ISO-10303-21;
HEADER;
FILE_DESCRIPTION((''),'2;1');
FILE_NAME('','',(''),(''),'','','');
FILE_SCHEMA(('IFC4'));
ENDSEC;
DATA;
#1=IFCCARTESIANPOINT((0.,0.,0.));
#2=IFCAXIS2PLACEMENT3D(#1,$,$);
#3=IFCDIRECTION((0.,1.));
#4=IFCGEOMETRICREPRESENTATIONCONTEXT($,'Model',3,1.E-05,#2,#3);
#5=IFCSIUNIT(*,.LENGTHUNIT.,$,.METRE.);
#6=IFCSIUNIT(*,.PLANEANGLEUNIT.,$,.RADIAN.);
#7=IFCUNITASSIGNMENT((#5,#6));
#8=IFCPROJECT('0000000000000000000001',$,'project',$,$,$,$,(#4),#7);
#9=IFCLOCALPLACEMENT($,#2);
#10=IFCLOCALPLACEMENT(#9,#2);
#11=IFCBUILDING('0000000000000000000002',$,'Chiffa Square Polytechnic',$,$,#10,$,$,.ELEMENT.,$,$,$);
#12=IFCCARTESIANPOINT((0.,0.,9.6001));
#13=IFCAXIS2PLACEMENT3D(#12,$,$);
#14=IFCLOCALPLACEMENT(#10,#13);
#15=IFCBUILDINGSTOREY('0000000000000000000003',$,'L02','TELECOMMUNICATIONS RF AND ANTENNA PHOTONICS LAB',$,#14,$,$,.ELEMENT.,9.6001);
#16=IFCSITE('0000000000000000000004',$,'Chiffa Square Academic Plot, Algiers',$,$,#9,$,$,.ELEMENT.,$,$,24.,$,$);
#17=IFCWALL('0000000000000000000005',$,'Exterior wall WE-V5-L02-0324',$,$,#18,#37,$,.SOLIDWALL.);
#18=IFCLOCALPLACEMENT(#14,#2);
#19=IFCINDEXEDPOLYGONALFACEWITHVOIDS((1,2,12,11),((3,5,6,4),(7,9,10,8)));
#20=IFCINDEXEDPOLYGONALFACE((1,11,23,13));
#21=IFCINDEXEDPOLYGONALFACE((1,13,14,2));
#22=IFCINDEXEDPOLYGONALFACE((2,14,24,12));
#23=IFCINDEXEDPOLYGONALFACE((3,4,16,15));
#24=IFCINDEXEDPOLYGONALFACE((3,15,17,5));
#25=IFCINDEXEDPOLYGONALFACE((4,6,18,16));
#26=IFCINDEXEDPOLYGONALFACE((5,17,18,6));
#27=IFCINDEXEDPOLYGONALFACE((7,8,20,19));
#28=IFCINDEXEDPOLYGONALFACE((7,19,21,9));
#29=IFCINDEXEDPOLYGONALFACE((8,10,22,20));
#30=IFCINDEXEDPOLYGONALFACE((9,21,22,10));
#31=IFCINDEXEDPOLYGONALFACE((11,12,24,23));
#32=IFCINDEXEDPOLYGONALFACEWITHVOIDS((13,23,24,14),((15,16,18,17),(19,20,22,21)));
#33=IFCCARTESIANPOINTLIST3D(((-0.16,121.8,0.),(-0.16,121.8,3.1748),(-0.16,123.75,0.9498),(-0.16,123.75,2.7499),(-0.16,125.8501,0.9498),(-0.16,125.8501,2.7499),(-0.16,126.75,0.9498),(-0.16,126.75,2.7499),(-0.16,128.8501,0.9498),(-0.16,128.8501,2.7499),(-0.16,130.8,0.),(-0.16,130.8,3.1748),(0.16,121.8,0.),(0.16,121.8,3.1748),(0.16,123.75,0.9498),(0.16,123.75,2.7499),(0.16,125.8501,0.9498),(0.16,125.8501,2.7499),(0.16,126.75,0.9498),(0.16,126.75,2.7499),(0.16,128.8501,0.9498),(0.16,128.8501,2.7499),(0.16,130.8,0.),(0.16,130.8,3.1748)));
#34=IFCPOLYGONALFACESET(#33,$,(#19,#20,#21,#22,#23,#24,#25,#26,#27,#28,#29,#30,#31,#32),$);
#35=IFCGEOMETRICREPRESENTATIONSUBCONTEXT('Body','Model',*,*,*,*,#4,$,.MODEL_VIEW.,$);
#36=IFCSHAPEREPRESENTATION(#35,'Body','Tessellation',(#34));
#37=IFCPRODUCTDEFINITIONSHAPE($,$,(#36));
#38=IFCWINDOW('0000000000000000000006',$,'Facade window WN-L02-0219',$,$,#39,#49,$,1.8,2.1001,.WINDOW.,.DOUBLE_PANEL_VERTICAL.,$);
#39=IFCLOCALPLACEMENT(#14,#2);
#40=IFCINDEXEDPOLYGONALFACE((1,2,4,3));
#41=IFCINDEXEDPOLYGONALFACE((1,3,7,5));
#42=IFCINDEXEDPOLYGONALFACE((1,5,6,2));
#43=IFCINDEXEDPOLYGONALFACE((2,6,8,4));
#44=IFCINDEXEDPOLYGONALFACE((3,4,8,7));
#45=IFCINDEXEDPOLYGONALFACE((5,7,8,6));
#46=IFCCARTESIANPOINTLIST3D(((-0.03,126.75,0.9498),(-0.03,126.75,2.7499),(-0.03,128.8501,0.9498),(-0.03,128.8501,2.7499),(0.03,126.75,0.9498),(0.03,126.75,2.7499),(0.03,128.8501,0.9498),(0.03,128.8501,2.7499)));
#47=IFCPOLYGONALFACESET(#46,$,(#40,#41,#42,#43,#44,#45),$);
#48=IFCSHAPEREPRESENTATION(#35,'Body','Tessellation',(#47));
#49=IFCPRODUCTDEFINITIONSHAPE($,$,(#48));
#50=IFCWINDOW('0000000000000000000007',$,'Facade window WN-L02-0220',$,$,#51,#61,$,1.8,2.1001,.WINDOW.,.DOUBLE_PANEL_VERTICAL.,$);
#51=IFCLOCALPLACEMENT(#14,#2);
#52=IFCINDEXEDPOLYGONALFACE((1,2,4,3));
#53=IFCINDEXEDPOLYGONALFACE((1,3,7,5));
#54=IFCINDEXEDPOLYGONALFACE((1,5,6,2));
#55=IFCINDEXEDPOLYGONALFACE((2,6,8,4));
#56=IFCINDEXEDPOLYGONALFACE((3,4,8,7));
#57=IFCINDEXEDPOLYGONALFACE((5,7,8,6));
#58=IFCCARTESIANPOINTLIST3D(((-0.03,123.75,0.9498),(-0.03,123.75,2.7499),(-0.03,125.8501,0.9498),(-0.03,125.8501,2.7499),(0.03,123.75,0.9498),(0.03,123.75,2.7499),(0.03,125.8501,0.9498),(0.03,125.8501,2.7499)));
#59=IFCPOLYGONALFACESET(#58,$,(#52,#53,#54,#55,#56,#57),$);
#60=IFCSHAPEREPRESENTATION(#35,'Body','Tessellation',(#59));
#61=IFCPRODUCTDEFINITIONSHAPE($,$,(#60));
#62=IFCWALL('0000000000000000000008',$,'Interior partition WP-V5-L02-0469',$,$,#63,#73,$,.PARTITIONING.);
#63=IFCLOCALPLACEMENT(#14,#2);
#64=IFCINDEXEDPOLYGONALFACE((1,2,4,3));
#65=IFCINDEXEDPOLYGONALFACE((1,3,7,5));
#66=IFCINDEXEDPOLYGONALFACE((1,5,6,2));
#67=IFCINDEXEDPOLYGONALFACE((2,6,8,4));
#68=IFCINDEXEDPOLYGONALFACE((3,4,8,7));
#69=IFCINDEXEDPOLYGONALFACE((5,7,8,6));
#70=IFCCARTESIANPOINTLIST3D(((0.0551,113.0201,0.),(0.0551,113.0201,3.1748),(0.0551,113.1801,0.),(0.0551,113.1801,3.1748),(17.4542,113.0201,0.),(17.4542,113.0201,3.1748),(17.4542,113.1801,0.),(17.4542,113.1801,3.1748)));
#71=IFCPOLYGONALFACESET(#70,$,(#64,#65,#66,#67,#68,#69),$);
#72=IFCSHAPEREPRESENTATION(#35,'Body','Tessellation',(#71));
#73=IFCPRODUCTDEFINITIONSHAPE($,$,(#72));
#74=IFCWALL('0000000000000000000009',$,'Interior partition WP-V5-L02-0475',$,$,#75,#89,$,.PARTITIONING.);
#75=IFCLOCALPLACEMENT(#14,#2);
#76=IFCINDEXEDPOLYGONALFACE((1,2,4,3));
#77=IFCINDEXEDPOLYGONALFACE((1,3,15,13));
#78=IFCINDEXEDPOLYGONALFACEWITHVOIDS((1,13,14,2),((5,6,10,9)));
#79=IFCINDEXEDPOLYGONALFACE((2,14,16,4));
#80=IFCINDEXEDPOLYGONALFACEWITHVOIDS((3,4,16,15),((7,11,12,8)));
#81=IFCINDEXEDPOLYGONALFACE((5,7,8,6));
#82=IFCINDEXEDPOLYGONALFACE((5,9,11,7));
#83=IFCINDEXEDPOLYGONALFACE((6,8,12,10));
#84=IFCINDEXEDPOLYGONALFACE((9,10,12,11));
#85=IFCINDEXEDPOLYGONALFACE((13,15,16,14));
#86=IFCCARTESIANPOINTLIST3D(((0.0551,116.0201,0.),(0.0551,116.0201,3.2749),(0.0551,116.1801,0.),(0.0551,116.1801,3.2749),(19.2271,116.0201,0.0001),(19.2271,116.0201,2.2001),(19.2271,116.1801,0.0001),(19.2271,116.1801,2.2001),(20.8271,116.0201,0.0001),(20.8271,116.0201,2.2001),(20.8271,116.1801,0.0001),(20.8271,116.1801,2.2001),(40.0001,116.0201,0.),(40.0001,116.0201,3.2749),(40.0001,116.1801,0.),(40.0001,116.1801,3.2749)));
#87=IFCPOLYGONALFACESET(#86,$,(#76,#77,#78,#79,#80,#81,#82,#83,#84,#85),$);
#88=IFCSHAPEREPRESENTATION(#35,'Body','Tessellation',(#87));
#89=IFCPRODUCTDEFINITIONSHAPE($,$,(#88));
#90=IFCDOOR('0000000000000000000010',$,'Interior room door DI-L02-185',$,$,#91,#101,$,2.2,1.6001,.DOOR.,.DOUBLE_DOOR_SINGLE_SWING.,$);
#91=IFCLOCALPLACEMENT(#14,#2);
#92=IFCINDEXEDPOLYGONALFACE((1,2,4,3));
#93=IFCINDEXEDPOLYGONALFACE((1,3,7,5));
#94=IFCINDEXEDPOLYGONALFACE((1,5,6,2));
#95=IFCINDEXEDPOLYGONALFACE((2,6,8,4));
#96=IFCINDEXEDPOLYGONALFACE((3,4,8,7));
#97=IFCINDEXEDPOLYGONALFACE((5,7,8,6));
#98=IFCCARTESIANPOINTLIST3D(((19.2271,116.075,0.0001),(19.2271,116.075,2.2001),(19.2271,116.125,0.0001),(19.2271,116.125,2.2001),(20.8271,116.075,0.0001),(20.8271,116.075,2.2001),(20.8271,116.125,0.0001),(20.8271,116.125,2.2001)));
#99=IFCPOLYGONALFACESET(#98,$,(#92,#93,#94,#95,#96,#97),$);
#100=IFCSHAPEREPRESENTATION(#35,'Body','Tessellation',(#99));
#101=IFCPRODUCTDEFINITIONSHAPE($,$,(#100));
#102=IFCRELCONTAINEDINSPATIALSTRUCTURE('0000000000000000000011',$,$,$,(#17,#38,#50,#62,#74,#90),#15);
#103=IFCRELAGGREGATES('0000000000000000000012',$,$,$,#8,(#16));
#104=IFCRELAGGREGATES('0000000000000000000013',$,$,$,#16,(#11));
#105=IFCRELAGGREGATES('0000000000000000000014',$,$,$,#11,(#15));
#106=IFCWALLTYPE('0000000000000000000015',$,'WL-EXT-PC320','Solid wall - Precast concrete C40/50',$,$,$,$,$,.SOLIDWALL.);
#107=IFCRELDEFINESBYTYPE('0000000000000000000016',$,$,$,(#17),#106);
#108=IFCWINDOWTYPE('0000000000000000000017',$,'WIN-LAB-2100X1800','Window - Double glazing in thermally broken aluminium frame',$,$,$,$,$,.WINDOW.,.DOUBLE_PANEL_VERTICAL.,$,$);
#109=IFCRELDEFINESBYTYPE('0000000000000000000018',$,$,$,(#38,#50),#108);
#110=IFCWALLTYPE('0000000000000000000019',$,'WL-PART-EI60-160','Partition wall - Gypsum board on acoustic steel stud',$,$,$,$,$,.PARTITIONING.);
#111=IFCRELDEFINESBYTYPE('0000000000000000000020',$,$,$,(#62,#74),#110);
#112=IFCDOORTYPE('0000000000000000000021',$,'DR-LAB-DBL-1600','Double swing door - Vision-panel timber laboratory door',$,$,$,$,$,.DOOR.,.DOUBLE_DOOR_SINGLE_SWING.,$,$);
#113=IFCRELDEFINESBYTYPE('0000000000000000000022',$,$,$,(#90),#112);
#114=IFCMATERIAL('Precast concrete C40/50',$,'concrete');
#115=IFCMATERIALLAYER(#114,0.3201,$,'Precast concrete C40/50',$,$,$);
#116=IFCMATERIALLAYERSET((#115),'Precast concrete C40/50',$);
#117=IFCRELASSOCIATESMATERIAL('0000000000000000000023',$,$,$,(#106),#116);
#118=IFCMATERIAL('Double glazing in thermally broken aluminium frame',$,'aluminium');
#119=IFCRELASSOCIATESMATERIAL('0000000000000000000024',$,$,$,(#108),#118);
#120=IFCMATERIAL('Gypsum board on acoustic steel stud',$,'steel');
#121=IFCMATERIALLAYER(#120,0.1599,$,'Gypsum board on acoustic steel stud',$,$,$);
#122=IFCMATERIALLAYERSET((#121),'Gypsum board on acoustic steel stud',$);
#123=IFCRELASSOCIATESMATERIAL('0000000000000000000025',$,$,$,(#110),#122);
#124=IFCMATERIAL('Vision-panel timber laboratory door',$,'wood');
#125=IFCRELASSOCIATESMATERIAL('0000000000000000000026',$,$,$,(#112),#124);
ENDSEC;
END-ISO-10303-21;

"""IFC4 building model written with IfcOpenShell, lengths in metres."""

from ifc_helpers import new_model, si_unit, direction, frame, frame_2d, origin, place, context, subcontext, project, spatial, rectangle, extrude, material, layer, layer_set, type_object, element, fill, save


model = new_model("IFC4")

# Units and contexts
model_context = context("Model", 3, precision=1e-05, world=origin(), true_north=direction((0.0, 1.0)))
body_context = subcontext(model_context, "Body", "Model", "MODEL_VIEW")
ifc_project = project(units=[si_unit("LENGTHUNIT", "METRE"), si_unit("PLANEANGLEUNIT", "RADIAN")], contexts=[model_context])

# Site, building, storey
site_placement = place(None, origin())
site = spatial("IfcSite", under=ifc_project, at=site_placement, Name="Chiffa Square Academic Plot, Algiers", CompositionType="ELEMENT", RefElevation=24.0)
building_placement = place(site_placement, origin())
building = spatial("IfcBuilding", under=site, at=building_placement, Name="Chiffa Square Polytechnic", CompositionType="ELEMENT")
storey_placement = place(building_placement, frame((0.0, 0.0, 9.6001)))
storey = spatial("IfcBuildingStorey", under=building, at=storey_placement, Name="L02", Description="TELECOMMUNICATIONS RF AND ANTENNA PHOTONICS LAB", CompositionType="ELEMENT", Elevation=9.6001)

# Shared definitions
ifc_material_1 = material(Name="Precast concrete C40/50", Category="concrete")
ifc_material_2 = material(Name="Double glazing in thermally broken aluminium frame", Category="aluminium")

# Wall, openings, windows
ifc_layer_1 = layer(ifc_material_1, 0.3201, Name="Precast concrete C40/50")
ifc_layer_set_1 = layer_set([ifc_layer_1], Name="Precast concrete C40/50")
wall_type_1 = type_object("IfcWallType", Name="WL-EXT-PC320", Description="Solid wall - Precast concrete C40/50", PredefinedType="SOLIDWALL", material=ifc_layer_set_1)
wall_1_placement = place(storey_placement, frame((0.0, 130.8, 0.0), z_axis=(0.0, 0.0, 1.0), x_axis=(0.0, -1.0, 0.0)))
wall_1 = element("IfcWall", 1, at=wall_1_placement, inside=storey, type_object=wall_type_1, Name="Exterior wall WE-V5-L02-0324", PredefinedType="SOLIDWALL", context=body_context, shape_type="SweptSolid", body=[
    extrude(rectangle(XDim=9.0, YDim=0.3201, at=frame_2d((4.5, 0.0))), origin(), (0.0, 0.0, 1.0), 3.1748),
])
opening_1_placement = place(wall_1_placement, frame((1.95, 0.0, 0.95)))
opening_1 = element("IfcOpeningElement", 2, at=opening_1_placement, cuts=wall_1, PredefinedType="OPENING", context=body_context, shape_type="SweptSolid", body=[
    extrude(rectangle(XDim=2.1001, YDim=1.8, at=frame_2d((1.05, 0.8999))), frame((0.0, 0.1699, 0.0), z_axis=(0.0, -1.0, 0.0), x_axis=(1.0, 0.0, 0.0)), (0.0, 0.0, 1.0), 0.3401),
])
opening_2_placement = place(wall_1_placement, frame((4.95, 0.0, 0.95)))
opening_2 = element("IfcOpeningElement", 3, at=opening_2_placement, cuts=wall_1, PredefinedType="OPENING", context=body_context, shape_type="SweptSolid", body=[
    extrude(rectangle(XDim=2.1001, YDim=1.8, at=frame_2d((1.05, 0.8999))), frame((0.0, 0.1699, 0.0), z_axis=(0.0, -1.0, 0.0), x_axis=(1.0, 0.0, 0.0)), (0.0, 0.0, 1.0), 0.3401),
])
window_type_1 = type_object("IfcWindowType", Name="WIN-LAB-2100X1800", Description="Window - Double glazing in thermally broken aluminium frame", PartitioningType="DOUBLE_PANEL_VERTICAL", PredefinedType="WINDOW", material=ifc_material_2)
window_1_placement = place(opening_1_placement, origin())
window_1 = element("IfcWindow", 4, at=window_1_placement, inside=storey, type_object=window_type_1, Name="Facade window WN-L02-0219", OverallHeight=1.8, OverallWidth=2.1001, PartitioningType="DOUBLE_PANEL_VERTICAL", PredefinedType="WINDOW", context=body_context, shape_type="SweptSolid", body=[
    extrude(rectangle(XDim=2.1001, YDim=1.8, at=frame_2d((1.05, 0.8999))), frame((0.0, 0.03, 0.0), z_axis=(0.0, -1.0, 0.0), x_axis=(1.0, 0.0, 0.0)), (0.0, 0.0, 1.0), 0.0601),
])
fill(opening_1, window_1)
window_2_placement = place(opening_2_placement, origin())
window_2 = element("IfcWindow", 5, at=window_2_placement, inside=storey, type_object=window_type_1, Name="Facade window WN-L02-0220", OverallHeight=1.8, OverallWidth=2.1001, PartitioningType="DOUBLE_PANEL_VERTICAL", PredefinedType="WINDOW", context=body_context, shape_type="SweptSolid", body=[
    extrude(rectangle(XDim=2.1001, YDim=1.8, at=frame_2d((1.05, 0.8999))), frame((0.0, 0.03, 0.0), z_axis=(0.0, -1.0, 0.0), x_axis=(1.0, 0.0, 0.0)), (0.0, 0.0, 1.0), 0.0601),
])
fill(opening_2, window_2)

# Wall
ifc_material_3 = material(Name="Gypsum board on acoustic steel stud", Category="steel")
ifc_layer_2 = layer(ifc_material_3, 0.1599, Name="Gypsum board on acoustic steel stud")
ifc_layer_set_2 = layer_set([ifc_layer_2], Name="Gypsum board on acoustic steel stud")
wall_type_2 = type_object("IfcWallType", Name="WL-PART-EI60-160", Description="Partition wall - Gypsum board on acoustic steel stud", PredefinedType="PARTITIONING", material=ifc_layer_set_2)
wall_2_placement = place(storey_placement, frame((0.0549, 113.1001, 0.0), z_axis=(0.0, 0.0, 1.0), x_axis=(1.0, 0.0, 0.0)))
element("IfcWall", 6, at=wall_2_placement, inside=storey, type_object=wall_type_2, Name="Interior partition WP-V5-L02-0469", PredefinedType="PARTITIONING", context=body_context, shape_type="SweptSolid", body=[
    extrude(rectangle(XDim=17.3992, YDim=0.1599, at=frame_2d((8.6997, 0.0))), origin(), (0.0, 0.0, 1.0), 3.1748),
])

# Wall, opening, door
wall_3_placement = place(storey_placement, frame((0.0549, 116.1001, 0.0), z_axis=(0.0, 0.0, 1.0), x_axis=(1.0, 0.0, 0.0)))
wall_3 = element("IfcWall", 7, at=wall_3_placement, inside=storey, type_object=wall_type_2, Name="Interior partition WP-V5-L02-0475", PredefinedType="PARTITIONING", context=body_context, shape_type="SweptSolid", body=[
    extrude(rectangle(XDim=39.9451, YDim=0.1599, at=frame_2d((19.9727, 0.0))), origin(), (0.0, 0.0, 1.0), 3.2749),
])
opening_3_placement = place(wall_3_placement, frame((19.1721, 0.0, 0.0)))
opening_3 = element("IfcOpeningElement", 8, at=opening_3_placement, cuts=wall_3, PredefinedType="OPENING", context=body_context, shape_type="SweptSolid", body=[
    extrude(rectangle(XDim=1.6001, YDim=2.2, at=frame_2d((0.8, 1.1001))), frame((0.0, 0.0898, 0.0), z_axis=(0.0, -1.0, 0.0), x_axis=(1.0, 0.0, 0.0)), (0.0, 0.0, 1.0), 0.1799),
])
ifc_material_4 = material(Name="Vision-panel timber laboratory door", Category="wood")
door_type = type_object("IfcDoorType", Name="DR-LAB-DBL-1600", Description="Double swing door - Vision-panel timber laboratory door", OperationType="DOUBLE_DOOR_SINGLE_SWING", PredefinedType="DOOR", material=ifc_material_4)
door_placement = place(opening_3_placement, origin())
door = element("IfcDoor", 9, at=door_placement, inside=storey, type_object=door_type, Name="Interior room door DI-L02-185", OperationType="DOUBLE_DOOR_SINGLE_SWING", OverallHeight=2.2, OverallWidth=1.6001, PredefinedType="DOOR", context=body_context, shape_type="SweptSolid", body=[
    extrude(rectangle(XDim=1.6001, YDim=2.2, at=frame_2d((0.8, 1.1001))), frame((0.0, 0.0249, 0.0), z_axis=(0.0, -1.0, 0.0), x_axis=(1.0, 0.0, 0.0)), (0.0, 0.0, 1.0), 0.05),
])
fill(opening_3, door)

save(model, "model.ifc")
